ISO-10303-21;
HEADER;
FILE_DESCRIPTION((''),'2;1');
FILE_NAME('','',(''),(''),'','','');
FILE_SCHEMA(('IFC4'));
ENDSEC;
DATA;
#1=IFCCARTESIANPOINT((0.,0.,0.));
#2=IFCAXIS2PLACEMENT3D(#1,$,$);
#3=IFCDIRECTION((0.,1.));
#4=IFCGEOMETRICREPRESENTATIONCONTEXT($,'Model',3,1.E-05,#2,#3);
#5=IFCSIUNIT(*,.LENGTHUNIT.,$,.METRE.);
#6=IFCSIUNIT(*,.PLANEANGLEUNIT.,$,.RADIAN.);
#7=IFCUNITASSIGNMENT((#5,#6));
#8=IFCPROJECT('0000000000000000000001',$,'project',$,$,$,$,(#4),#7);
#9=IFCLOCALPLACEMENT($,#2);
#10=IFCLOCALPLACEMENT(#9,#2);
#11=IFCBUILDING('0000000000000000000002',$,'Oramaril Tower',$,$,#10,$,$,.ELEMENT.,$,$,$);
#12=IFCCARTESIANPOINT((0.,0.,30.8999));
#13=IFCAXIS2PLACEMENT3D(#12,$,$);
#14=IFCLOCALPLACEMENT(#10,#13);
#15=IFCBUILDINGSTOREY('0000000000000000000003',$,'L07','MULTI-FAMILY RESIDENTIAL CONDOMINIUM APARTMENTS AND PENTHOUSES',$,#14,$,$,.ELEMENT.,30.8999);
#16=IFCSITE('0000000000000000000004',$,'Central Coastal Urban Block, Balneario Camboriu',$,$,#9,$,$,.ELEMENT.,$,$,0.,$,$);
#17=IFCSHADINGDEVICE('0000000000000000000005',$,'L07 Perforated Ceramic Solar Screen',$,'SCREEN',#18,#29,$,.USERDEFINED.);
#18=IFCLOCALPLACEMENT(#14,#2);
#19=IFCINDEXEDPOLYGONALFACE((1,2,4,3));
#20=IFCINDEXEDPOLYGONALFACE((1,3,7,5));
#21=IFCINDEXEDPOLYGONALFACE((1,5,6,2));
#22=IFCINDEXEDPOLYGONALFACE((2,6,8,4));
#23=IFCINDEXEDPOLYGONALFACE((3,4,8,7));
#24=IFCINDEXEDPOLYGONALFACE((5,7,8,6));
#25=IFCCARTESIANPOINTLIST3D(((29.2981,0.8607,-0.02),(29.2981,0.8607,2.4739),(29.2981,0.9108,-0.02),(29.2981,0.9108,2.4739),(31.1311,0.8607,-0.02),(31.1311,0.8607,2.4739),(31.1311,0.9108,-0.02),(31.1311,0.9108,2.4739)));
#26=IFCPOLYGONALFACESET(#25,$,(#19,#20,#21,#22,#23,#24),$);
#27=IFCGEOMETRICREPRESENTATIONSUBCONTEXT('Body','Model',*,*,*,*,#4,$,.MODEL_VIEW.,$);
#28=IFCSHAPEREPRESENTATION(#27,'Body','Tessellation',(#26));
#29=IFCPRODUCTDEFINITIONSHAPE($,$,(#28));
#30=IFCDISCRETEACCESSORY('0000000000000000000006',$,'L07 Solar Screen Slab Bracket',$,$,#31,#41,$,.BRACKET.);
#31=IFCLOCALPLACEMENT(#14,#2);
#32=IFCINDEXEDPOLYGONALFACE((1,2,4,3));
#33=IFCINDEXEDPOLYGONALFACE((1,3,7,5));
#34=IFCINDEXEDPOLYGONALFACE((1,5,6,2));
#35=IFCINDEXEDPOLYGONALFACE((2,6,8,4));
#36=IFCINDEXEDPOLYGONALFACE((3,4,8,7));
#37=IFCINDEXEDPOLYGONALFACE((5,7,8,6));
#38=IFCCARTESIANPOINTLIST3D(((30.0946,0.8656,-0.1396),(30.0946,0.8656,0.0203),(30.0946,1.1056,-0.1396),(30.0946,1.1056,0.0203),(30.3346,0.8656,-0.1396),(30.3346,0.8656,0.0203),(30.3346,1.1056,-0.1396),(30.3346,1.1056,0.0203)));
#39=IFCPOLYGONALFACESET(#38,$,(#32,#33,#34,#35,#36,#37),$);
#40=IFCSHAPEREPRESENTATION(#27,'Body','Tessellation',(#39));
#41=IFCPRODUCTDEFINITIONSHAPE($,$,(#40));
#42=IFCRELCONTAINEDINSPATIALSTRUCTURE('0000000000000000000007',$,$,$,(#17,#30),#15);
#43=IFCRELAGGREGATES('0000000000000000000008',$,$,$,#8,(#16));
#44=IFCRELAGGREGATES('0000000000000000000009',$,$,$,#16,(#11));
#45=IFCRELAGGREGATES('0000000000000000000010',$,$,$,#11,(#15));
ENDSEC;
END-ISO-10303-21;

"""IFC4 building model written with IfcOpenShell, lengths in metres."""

from ifc_helpers import new_model, si_unit, direction, frame, origin, origin_2d, place, context, subcontext, project, spatial, rectangle, extrude, element, save


model = new_model("IFC4")

# Units and contexts
model_context = context("Model", 3, precision=1e-05, world=origin(), true_north=direction((0.0, 1.0)))
body_context = subcontext(model_context, "Body", "Model", "MODEL_VIEW")
ifc_project = project(units=[si_unit("LENGTHUNIT", "METRE"), si_unit("PLANEANGLEUNIT", "RADIAN")], contexts=[model_context])

# Site, building, storey
site_placement = place(None, origin())
site = spatial("IfcSite", under=ifc_project, at=site_placement, Name="Central Coastal Urban Block, Balneario Camboriu", CompositionType="ELEMENT", RefElevation=0.0)
building_placement = place(site_placement, origin())
building = spatial("IfcBuilding", under=site, at=building_placement, Name="Oramaril Tower", CompositionType="ELEMENT")
storey_placement = place(building_placement, frame((0.0, 0.0, 30.8999)))
storey = spatial("IfcBuildingStorey", under=building, at=storey_placement, Name="L07", Description="MULTI-FAMILY RESIDENTIAL CONDOMINIUM APARTMENTS AND PENTHOUSES", CompositionType="ELEMENT", Elevation=30.8999)

# Shading device
shading_device_placement = place(storey_placement, frame((30.2146, 0.8857, -0.02), z_axis=(0.0, 0.0, 1.0), x_axis=(1.0, 0.0, 0.0)))
element("IfcShadingDevice", 1, at=shading_device_placement, inside=storey, Name="L07 Perforated Ceramic Solar Screen", ObjectType="SCREEN", PredefinedType="USERDEFINED", context=body_context, shape_type="SweptSolid", body=[
    extrude(rectangle(XDim=1.833, YDim=0.05, at=origin_2d()), origin(), (0.0, 0.0, 1.0), 2.4939),
])

# Discrete accessory
discrete_accessory_placement = place(storey_placement, frame((30.2146, 0.9856, -0.1396), z_axis=(0.0, 0.0, 1.0), x_axis=(1.0, 0.0, 0.0)))
element("IfcDiscreteAccessory", 2, at=discrete_accessory_placement, inside=storey, Name="L07 Solar Screen Slab Bracket", PredefinedType="BRACKET", context=body_context, shape_type="SweptSolid", body=[
    extrude(rectangle(XDim=0.24, YDim=0.24, at=origin_2d()), origin(), (0.0, 0.0, 1.0), 0.1599),
])

save(model, "model.ifc")
